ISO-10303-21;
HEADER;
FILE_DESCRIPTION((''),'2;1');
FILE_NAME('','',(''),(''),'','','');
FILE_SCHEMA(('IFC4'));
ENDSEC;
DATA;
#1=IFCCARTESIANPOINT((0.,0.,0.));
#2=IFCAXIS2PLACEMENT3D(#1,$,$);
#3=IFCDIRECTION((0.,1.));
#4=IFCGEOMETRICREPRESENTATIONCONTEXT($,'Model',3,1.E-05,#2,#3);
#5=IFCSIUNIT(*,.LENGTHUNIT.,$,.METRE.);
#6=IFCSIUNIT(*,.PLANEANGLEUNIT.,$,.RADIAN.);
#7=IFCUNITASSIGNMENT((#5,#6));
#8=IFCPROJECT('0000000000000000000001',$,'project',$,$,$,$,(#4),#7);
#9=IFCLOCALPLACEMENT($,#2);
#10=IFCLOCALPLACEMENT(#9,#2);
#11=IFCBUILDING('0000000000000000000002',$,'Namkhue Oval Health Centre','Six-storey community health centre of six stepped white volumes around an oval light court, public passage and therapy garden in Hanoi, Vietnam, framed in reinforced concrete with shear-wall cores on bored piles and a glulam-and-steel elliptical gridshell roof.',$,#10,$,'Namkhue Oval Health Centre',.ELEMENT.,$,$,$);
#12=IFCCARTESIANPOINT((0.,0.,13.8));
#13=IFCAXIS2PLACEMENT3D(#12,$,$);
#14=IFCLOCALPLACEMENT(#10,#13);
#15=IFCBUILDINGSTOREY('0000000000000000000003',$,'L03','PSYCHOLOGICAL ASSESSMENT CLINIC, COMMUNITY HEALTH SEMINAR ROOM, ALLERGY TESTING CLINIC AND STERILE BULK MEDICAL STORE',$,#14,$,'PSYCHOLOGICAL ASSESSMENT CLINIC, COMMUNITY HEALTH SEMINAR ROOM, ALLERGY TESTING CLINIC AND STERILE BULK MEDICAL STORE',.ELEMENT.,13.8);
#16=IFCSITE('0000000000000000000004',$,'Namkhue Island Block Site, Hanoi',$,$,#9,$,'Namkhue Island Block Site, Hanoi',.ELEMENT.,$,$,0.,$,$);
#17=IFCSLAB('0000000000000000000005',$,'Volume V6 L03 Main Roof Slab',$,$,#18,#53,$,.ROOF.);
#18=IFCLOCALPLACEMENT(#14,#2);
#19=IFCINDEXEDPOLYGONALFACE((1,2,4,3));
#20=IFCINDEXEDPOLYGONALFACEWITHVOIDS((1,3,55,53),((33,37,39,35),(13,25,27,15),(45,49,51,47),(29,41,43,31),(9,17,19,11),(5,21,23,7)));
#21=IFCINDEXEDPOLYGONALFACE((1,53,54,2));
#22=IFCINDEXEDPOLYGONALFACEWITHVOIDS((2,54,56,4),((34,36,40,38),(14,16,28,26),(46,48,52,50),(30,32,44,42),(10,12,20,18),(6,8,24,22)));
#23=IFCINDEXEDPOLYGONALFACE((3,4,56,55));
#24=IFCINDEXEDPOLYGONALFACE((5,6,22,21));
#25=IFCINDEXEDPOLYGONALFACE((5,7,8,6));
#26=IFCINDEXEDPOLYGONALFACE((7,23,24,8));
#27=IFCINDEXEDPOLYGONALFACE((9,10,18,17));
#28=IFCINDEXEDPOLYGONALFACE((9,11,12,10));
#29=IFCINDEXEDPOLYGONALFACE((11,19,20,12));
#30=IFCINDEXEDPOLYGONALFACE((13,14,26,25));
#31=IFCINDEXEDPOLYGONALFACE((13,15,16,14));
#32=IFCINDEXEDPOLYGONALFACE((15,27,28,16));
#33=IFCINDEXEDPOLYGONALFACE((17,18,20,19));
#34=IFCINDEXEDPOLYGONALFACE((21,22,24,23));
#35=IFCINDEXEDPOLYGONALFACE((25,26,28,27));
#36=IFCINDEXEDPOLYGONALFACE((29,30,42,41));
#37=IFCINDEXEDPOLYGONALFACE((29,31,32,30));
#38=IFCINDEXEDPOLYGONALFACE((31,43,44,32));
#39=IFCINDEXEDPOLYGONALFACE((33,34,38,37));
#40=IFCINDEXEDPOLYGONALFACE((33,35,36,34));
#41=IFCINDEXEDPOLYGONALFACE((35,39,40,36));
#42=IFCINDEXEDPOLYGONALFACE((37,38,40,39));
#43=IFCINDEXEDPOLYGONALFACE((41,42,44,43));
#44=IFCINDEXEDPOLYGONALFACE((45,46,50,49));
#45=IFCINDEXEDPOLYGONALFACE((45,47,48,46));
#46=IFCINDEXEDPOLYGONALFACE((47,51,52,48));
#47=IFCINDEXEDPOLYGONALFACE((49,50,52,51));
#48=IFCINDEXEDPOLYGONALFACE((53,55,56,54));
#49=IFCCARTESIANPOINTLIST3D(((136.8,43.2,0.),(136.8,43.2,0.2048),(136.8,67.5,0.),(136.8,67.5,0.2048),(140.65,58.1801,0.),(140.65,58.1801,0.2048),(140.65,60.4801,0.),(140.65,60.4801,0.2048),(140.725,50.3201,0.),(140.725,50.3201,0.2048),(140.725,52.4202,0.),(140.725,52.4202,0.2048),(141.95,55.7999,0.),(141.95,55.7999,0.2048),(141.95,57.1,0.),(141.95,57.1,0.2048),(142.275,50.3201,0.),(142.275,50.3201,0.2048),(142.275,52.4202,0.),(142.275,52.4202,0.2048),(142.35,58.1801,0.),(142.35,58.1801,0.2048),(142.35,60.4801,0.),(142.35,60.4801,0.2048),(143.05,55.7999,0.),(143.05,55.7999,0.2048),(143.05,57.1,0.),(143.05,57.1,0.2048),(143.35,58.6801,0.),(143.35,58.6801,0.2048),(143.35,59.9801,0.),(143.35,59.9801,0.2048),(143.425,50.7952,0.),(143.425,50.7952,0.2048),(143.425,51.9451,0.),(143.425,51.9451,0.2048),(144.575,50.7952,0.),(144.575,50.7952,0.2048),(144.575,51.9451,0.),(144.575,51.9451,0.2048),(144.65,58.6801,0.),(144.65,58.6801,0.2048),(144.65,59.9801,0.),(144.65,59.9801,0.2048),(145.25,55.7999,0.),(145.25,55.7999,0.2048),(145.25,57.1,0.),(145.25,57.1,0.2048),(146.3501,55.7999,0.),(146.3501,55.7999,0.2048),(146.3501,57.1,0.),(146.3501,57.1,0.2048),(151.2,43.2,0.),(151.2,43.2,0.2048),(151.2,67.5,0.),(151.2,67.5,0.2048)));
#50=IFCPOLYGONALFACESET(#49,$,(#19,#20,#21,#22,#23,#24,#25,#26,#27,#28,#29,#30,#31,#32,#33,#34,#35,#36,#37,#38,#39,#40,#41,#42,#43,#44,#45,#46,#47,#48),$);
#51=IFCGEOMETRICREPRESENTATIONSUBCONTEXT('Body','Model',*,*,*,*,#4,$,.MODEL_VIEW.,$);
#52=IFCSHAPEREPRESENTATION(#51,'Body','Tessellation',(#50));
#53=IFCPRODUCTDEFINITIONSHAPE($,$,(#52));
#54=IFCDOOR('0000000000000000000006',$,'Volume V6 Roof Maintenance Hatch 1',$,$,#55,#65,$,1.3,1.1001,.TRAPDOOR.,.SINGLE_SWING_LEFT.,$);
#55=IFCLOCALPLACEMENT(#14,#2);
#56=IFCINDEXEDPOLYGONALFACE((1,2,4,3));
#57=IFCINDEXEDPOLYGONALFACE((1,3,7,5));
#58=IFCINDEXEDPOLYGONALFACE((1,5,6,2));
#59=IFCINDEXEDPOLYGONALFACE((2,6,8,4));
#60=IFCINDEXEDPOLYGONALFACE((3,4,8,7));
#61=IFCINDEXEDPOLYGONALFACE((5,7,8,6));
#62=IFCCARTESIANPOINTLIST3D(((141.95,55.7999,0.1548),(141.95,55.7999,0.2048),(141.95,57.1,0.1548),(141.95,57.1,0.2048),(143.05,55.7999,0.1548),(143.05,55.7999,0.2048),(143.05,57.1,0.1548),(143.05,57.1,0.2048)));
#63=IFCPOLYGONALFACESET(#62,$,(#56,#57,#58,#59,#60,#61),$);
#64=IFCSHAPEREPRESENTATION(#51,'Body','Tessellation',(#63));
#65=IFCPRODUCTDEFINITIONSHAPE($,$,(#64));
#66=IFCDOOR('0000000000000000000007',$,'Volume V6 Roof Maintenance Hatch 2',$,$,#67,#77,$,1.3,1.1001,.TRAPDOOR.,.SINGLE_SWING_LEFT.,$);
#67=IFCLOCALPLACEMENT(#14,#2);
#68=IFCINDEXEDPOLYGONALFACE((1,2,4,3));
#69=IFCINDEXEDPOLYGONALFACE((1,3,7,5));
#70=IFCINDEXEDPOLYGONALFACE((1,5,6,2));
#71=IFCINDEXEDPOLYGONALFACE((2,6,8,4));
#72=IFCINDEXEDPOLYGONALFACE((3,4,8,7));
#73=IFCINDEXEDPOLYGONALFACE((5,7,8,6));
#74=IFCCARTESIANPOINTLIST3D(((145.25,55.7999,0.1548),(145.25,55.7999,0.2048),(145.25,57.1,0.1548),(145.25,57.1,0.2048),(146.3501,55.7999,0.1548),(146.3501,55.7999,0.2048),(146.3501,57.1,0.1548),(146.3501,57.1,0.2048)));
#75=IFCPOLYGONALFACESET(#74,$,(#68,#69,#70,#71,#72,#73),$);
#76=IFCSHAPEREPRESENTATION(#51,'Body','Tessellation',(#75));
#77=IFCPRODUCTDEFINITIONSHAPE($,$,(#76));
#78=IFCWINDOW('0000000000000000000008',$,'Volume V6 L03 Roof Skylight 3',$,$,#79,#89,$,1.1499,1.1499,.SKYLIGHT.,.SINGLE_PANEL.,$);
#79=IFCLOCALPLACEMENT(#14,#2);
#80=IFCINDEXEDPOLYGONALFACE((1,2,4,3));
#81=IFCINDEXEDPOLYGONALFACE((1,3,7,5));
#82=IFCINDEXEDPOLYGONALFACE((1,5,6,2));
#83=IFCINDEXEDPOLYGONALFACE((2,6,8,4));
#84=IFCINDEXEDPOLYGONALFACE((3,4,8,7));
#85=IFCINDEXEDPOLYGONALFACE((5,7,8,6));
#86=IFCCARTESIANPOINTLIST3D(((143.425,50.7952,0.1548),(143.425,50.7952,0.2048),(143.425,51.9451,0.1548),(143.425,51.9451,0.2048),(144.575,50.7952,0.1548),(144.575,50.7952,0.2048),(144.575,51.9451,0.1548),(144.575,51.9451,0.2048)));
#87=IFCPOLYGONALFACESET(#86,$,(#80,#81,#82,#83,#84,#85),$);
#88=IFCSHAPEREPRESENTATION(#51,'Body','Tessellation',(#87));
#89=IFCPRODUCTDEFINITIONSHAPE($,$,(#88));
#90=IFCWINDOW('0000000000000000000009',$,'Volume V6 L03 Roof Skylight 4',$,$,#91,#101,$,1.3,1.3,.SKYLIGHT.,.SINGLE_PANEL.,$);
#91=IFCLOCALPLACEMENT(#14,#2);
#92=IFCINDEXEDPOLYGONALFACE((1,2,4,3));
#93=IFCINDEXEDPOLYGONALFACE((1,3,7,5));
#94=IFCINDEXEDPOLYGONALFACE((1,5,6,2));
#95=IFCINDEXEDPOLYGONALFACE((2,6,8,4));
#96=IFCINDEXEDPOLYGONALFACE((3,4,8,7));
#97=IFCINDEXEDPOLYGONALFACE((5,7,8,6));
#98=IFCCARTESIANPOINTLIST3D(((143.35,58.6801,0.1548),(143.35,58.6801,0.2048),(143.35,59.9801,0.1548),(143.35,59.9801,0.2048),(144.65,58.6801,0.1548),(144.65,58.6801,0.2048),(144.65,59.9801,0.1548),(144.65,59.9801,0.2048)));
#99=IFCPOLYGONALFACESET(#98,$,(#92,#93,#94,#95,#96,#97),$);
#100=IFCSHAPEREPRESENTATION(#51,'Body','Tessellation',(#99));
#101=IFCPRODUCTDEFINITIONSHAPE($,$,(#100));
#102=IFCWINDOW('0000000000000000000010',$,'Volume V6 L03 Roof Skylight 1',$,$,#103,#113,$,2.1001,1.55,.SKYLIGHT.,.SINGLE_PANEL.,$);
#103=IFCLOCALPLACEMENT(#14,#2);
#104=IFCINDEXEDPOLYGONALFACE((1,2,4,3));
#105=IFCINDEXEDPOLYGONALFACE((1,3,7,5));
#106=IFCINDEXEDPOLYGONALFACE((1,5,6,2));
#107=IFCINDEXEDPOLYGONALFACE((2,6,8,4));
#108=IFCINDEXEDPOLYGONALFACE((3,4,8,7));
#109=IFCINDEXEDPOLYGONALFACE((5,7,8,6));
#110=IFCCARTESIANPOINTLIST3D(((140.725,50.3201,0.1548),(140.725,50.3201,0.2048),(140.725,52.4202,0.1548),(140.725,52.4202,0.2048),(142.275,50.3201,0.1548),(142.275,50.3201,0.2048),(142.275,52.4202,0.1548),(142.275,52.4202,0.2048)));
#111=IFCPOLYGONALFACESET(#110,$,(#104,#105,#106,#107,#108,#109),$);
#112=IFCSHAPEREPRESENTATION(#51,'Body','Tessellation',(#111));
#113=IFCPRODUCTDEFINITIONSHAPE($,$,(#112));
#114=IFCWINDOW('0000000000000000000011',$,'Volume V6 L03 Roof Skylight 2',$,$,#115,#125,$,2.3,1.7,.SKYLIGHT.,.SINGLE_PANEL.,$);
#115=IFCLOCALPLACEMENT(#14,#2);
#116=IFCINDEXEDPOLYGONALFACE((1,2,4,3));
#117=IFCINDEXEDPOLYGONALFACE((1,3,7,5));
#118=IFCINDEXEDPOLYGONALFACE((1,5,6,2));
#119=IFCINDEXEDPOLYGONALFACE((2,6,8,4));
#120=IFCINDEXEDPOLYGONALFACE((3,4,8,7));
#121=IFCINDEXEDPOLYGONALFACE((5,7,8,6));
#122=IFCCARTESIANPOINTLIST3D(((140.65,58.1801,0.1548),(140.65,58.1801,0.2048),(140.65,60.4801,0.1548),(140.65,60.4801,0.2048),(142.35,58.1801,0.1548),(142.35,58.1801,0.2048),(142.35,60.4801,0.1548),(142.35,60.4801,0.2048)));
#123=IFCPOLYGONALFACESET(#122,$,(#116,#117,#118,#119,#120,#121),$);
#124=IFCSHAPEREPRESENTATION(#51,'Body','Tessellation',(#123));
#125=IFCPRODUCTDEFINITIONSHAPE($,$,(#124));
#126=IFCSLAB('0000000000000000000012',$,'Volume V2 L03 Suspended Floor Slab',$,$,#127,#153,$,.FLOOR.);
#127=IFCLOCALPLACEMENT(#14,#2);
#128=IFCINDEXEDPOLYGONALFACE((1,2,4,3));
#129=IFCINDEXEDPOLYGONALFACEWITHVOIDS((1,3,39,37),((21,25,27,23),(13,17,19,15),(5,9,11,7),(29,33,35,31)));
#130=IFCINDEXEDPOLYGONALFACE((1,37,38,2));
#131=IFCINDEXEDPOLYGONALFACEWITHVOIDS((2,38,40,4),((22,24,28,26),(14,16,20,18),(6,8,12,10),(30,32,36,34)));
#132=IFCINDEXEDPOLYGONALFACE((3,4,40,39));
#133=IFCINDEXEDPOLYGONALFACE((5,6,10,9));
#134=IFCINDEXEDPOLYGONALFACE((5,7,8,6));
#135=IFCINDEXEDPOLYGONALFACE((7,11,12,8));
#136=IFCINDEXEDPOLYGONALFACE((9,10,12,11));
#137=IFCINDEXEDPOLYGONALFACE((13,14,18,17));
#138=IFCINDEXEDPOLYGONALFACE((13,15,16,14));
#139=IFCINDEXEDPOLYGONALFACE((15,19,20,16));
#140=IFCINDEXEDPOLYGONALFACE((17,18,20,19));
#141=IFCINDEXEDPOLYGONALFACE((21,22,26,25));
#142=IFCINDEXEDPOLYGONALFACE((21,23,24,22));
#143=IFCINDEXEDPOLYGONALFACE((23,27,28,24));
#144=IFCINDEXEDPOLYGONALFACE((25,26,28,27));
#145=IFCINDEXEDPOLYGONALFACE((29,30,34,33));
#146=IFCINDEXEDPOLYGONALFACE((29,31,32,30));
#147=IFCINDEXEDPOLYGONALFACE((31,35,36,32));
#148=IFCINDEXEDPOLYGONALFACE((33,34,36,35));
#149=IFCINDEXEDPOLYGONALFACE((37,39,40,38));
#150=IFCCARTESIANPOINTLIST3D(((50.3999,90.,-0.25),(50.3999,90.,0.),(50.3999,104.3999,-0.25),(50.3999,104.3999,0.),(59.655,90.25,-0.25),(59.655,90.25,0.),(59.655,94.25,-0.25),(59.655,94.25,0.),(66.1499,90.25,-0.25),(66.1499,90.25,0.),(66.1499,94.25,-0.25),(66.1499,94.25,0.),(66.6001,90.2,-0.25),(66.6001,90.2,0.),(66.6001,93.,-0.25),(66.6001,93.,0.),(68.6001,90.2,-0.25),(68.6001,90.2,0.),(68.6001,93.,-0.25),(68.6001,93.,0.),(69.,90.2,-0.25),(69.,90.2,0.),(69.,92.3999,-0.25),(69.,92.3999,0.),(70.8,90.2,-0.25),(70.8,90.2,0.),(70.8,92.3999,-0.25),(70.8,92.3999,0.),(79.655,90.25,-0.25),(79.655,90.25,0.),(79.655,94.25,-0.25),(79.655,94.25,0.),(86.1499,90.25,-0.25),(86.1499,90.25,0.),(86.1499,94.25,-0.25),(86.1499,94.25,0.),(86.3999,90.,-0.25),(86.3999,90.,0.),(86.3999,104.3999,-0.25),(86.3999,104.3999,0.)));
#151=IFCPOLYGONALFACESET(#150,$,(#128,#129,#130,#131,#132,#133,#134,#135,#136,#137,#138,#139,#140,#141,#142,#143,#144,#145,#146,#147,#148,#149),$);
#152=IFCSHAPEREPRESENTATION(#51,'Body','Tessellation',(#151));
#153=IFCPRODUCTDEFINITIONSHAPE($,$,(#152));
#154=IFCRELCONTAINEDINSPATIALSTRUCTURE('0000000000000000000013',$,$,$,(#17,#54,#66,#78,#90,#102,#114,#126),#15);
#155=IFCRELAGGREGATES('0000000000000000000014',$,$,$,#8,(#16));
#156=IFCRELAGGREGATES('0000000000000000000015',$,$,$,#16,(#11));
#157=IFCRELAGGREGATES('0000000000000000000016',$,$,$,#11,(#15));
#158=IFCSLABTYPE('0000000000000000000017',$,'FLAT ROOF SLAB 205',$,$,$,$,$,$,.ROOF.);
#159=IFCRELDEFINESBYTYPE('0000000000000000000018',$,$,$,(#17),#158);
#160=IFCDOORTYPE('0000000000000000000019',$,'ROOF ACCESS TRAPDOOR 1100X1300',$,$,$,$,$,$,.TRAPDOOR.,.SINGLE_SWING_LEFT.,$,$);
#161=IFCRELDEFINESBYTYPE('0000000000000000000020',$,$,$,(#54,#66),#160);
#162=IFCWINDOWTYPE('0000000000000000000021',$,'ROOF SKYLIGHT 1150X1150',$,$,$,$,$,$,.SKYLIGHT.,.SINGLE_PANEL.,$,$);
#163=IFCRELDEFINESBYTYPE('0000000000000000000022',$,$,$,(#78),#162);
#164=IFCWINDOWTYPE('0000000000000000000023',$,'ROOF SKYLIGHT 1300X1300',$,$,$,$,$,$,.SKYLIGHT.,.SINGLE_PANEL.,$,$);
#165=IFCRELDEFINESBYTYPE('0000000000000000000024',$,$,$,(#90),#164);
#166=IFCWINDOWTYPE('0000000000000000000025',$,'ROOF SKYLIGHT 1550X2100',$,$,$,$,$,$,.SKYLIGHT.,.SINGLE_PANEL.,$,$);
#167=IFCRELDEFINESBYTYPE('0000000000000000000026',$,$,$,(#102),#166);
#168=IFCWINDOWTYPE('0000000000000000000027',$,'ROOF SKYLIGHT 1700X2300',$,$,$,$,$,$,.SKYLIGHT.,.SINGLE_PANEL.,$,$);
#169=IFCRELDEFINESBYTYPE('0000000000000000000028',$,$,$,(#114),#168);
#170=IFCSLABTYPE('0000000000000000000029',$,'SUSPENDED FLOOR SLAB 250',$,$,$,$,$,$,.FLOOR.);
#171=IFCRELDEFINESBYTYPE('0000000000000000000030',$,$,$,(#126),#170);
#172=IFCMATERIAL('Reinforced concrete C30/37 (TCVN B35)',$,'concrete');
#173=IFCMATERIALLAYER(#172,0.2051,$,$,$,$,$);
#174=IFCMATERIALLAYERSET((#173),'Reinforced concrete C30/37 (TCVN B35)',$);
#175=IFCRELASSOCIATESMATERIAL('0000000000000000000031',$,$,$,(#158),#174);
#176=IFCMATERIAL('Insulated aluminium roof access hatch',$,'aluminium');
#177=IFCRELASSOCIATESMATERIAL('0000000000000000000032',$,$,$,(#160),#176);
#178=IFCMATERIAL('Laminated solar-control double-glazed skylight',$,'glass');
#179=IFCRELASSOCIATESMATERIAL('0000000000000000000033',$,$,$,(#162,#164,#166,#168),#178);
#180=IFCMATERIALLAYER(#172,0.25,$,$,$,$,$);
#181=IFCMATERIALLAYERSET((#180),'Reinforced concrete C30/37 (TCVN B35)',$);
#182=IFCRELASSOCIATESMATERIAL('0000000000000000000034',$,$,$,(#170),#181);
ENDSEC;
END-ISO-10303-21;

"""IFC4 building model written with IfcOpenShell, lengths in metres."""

from ifc_helpers import new_model, si_unit, direction, frame, origin, origin_2d, place, context, subcontext, project, spatial, polyline, rectangle, outline, extrude, material, layer, layer_set, type_object, element, fill, save


model = new_model("IFC4")

# Units and contexts
model_context = context("Model", 3, precision=1e-05, world=origin(), true_north=direction((0.0, 1.0)))
body_context = subcontext(model_context, "Body", "Model", "MODEL_VIEW")
ifc_project = project(units=[si_unit("LENGTHUNIT", "METRE"), si_unit("PLANEANGLEUNIT", "RADIAN")], contexts=[model_context])

# Site, building, storey
site_placement = place(None, origin())
site = spatial("IfcSite", under=ifc_project, at=site_placement, Name="Namkhue Island Block Site, Hanoi", LongName="Namkhue Island Block Site, Hanoi", CompositionType="ELEMENT", RefElevation=0.0)
building_placement = place(site_placement, origin())
building = spatial("IfcBuilding", under=site, at=building_placement, Name="Namkhue Oval Health Centre", Description="Six-storey community health centre of six stepped white volumes around an oval light court, public passage and therapy garden in Hanoi, Vietnam, framed in reinforced concrete with shear-wall cores on bored piles and a glulam-and-steel elliptical gridshell roof.", LongName="Namkhue Oval Health Centre", CompositionType="ELEMENT")
storey_placement = place(building_placement, frame((0.0, 0.0, 13.8)))
storey = spatial("IfcBuildingStorey", under=building, at=storey_placement, Name="L03", Description="PSYCHOLOGICAL ASSESSMENT CLINIC, COMMUNITY HEALTH SEMINAR ROOM, ALLERGY TESTING CLINIC AND STERILE BULK MEDICAL STORE", LongName="PSYCHOLOGICAL ASSESSMENT CLINIC, COMMUNITY HEALTH SEMINAR ROOM, ALLERGY TESTING CLINIC AND STERILE BULK MEDICAL STORE", CompositionType="ELEMENT", Elevation=13.8)

# Shared definitions
ifc_material_1 = material(Name="Reinforced concrete C30/37 (TCVN B35)", Category="concrete")

# Slab, openings, doors, windows
ifc_layer_1 = layer(ifc_material_1, 0.2051)
ifc_layer_set_1 = layer_set([ifc_layer_1], Name="Reinforced concrete C30/37 (TCVN B35)")
slab_type_1 = type_object("IfcSlabType", Name="FLAT ROOF SLAB 205", PredefinedType="ROOF", material=ifc_layer_set_1)
slab_1_placement = place(storey_placement, origin())
slab_1 = element("IfcSlab", 1, at=slab_1_placement, inside=storey, type_object=slab_type_1, Name="Volume V6 L03 Main Roof Slab", PredefinedType="ROOF", context=body_context, shape_type="SweptSolid", body=[
    extrude(outline(polyline([(136.8, 43.2), (151.2, 43.2), (151.2, 67.5), (136.8, 67.5), (136.8, 43.2)])), origin(), (0.0, 0.0, 1.0), 0.2048),
])
opening_1_placement = place(slab_1_placement, frame((142.5, 56.45, 0.0)))
opening_1 = element("IfcOpeningElement", 2, at=opening_1_placement, cuts=slab_1, PredefinedType="OPENING", context=body_context, shape_type="SweptSolid", body=[
    extrude(rectangle(XDim=1.1001, YDim=1.3, at=origin_2d()), frame((0.0, 0.0, -0.01)), (0.0, 0.0, 1.0), 0.2249),
])
opening_2_placement = place(slab_1_placement, frame((145.8, 56.45, 0.0)))
opening_2 = element("IfcOpeningElement", 3, at=opening_2_placement, cuts=slab_1, PredefinedType="OPENING", context=body_context, shape_type="SweptSolid", body=[
    extrude(rectangle(XDim=1.1001, YDim=1.3, at=origin_2d()), frame((0.0, 0.0, -0.01)), (0.0, 0.0, 1.0), 0.2249),
])
opening_3_placement = place(slab_1_placement, frame((141.5, 51.3701, 0.0)))
opening_3 = element("IfcOpeningElement", 4, at=opening_3_placement, cuts=slab_1, PredefinedType="OPENING", context=body_context, shape_type="SweptSolid", body=[
    extrude(rectangle(XDim=1.55, YDim=2.1001, at=origin_2d()), frame((0.0, 0.0, -0.01)), (0.0, 0.0, 1.0), 0.2249),
])
opening_4_placement = place(slab_1_placement, frame((141.5, 59.3301, 0.0)))
opening_4 = element("IfcOpeningElement", 5, at=opening_4_placement, cuts=slab_1, PredefinedType="OPENING", context=body_context, shape_type="SweptSolid", body=[
    extrude(rectangle(XDim=1.7, YDim=2.3, at=origin_2d()), frame((0.0, 0.0, -0.01)), (0.0, 0.0, 1.0), 0.2249),
])
opening_5_placement = place(slab_1_placement, frame((144.0, 51.3701, 0.0)))
opening_5 = element("IfcOpeningElement", 6, at=opening_5_placement, cuts=slab_1, PredefinedType="OPENING", context=body_context, shape_type="SweptSolid", body=[
    extrude(rectangle(XDim=1.1499, YDim=1.1499, at=origin_2d()), frame((0.0, 0.0, -0.01)), (0.0, 0.0, 1.0), 0.2249),
])
opening_6_placement = place(slab_1_placement, frame((144.0, 59.3301, 0.0)))
opening_6 = element("IfcOpeningElement", 7, at=opening_6_placement, cuts=slab_1, PredefinedType="OPENING", context=body_context, shape_type="SweptSolid", body=[
    extrude(rectangle(XDim=1.3, YDim=1.3, at=origin_2d()), frame((0.0, 0.0, -0.01)), (0.0, 0.0, 1.0), 0.2249),
])
ifc_material_2 = material(Name="Insulated aluminium roof access hatch", Category="aluminium")
door_type = type_object("IfcDoorType", Name="ROOF ACCESS TRAPDOOR 1100X1300", OperationType="SINGLE_SWING_LEFT", PredefinedType="TRAPDOOR", material=ifc_material_2)
door_1_placement = place(opening_1_placement, frame((0.0, 0.0, 0.1548)))
door_1 = element("IfcDoor", 8, at=door_1_placement, inside=storey, type_object=door_type, Name="Volume V6 Roof Maintenance Hatch 1", OperationType="SINGLE_SWING_LEFT", OverallHeight=1.3, OverallWidth=1.1001, PredefinedType="TRAPDOOR", context=body_context, shape_type="SweptSolid", body=[
    extrude(rectangle(XDim=1.1001, YDim=1.3, at=origin_2d()), origin(), (0.0, 0.0, 1.0), 0.05),
])
fill(opening_1, door_1)
door_2_placement = place(opening_2_placement, frame((0.0, 0.0, 0.1548)))
door_2 = element("IfcDoor", 9, at=door_2_placement, inside=storey, type_object=door_type, Name="Volume V6 Roof Maintenance Hatch 2", OperationType="SINGLE_SWING_LEFT", OverallHeight=1.3, OverallWidth=1.1001, PredefinedType="TRAPDOOR", context=body_context, shape_type="SweptSolid", body=[
    extrude(rectangle(XDim=1.1001, YDim=1.3, at=origin_2d()), origin(), (0.0, 0.0, 1.0), 0.05),
])
fill(opening_2, door_2)
ifc_material_3 = material(Name="Laminated solar-control double-glazed skylight", Category="glass")
window_type_1 = type_object("IfcWindowType", Name="ROOF SKYLIGHT 1150X1150", PartitioningType="SINGLE_PANEL", PredefinedType="SKYLIGHT", material=ifc_material_3)
window_1_placement = place(opening_5_placement, frame((0.0, 0.0, 0.1548)))
window_1 = element("IfcWindow", 10, at=window_1_placement, inside=storey, type_object=window_type_1, Name="Volume V6 L03 Roof Skylight 3", OverallHeight=1.1499, OverallWidth=1.1499, PartitioningType="SINGLE_PANEL", PredefinedType="SKYLIGHT", context=body_context, shape_type="SweptSolid", body=[
    extrude(rectangle(XDim=1.1499, YDim=1.1499, at=origin_2d()), origin(), (0.0, 0.0, 1.0), 0.05),
])
fill(opening_5, window_1)
window_type_2 = type_object("IfcWindowType", Name="ROOF SKYLIGHT 1300X1300", PartitioningType="SINGLE_PANEL", PredefinedType="SKYLIGHT", material=ifc_material_3)
window_2_placement = place(opening_6_placement, frame((0.0, 0.0, 0.1548)))
window_2 = element("IfcWindow", 11, at=window_2_placement, inside=storey, type_object=window_type_2, Name="Volume V6 L03 Roof Skylight 4", OverallHeight=1.3, OverallWidth=1.3, PartitioningType="SINGLE_PANEL", PredefinedType="SKYLIGHT", context=body_context, shape_type="SweptSolid", body=[
    extrude(rectangle(XDim=1.3, YDim=1.3, at=origin_2d()), origin(), (0.0, 0.0, 1.0), 0.05),
])
fill(opening_6, window_2)
window_type_3 = type_object("IfcWindowType", Name="ROOF SKYLIGHT 1550X2100", PartitioningType="SINGLE_PANEL", PredefinedType="SKYLIGHT", material=ifc_material_3)
window_3_placement = place(opening_3_placement, frame((0.0, 0.0, 0.1548)))
window_3 = element("IfcWindow", 12, at=window_3_placement, inside=storey, type_object=window_type_3, Name="Volume V6 L03 Roof Skylight 1", OverallHeight=2.1001, OverallWidth=1.55, PartitioningType="SINGLE_PANEL", PredefinedType="SKYLIGHT", context=body_context, shape_type="SweptSolid", body=[
    extrude(rectangle(XDim=1.55, YDim=2.1001, at=origin_2d()), origin(), (0.0, 0.0, 1.0), 0.05),
])
fill(opening_3, window_3)
window_type_4 = type_object("IfcWindowType", Name="ROOF SKYLIGHT 1700X2300", PartitioningType="SINGLE_PANEL", PredefinedType="SKYLIGHT", material=ifc_material_3)
window_4_placement = place(opening_4_placement, frame((0.0, 0.0, 0.1548)))
window_4 = element("IfcWindow", 13, at=window_4_placement, inside=storey, type_object=window_type_4, Name="Volume V6 L03 Roof Skylight 2", OverallHeight=2.3, OverallWidth=1.7, PartitioningType="SINGLE_PANEL", PredefinedType="SKYLIGHT", context=body_context, shape_type="SweptSolid", body=[
    extrude(rectangle(XDim=1.7, YDim=2.3, at=origin_2d()), origin(), (0.0, 0.0, 1.0), 0.05),
])
fill(opening_4, window_4)

# Slab
ifc_layer_2 = layer(ifc_material_1, 0.25)
ifc_layer_set_2 = layer_set([ifc_layer_2], Name="Reinforced concrete C30/37 (TCVN B35)")
slab_type_2 = type_object("IfcSlabType", Name="SUSPENDED FLOOR SLAB 250", PredefinedType="FLOOR", material=ifc_layer_set_2)
slab_2_placement = place(storey_placement, frame((0.0, 0.0, -0.25)))
element("IfcSlab", 14, at=slab_2_placement, inside=storey, type_object=slab_type_2, Name="Volume V2 L03 Suspended Floor Slab", PredefinedType="FLOOR", context=body_context, shape_type="SweptSolid", body=[
    extrude(outline(polyline([(50.3999, 90.0), (86.3999, 90.0), (86.3999, 104.3999), (50.3999, 104.3999), (50.3999, 90.0)]), holes=[polyline([(59.655, 90.25), (66.1499, 90.25), (66.1499, 94.25), (59.655, 94.25), (59.655, 90.25)]), polyline([(79.655, 90.25), (86.1499, 90.25), (86.1499, 94.25), (79.655, 94.25), (79.655, 90.25)]), polyline([(66.6001, 90.2), (68.6001, 90.2), (68.6001, 93.0), (66.6001, 93.0), (66.6001, 90.2)]), polyline([(69.0, 90.2), (70.8, 90.2), (70.8, 92.3999), (69.0, 92.3999), (69.0, 90.2)])]), origin(), (0.0, 0.0, 1.0), 0.25),
])

save(model, "model.ifc")
